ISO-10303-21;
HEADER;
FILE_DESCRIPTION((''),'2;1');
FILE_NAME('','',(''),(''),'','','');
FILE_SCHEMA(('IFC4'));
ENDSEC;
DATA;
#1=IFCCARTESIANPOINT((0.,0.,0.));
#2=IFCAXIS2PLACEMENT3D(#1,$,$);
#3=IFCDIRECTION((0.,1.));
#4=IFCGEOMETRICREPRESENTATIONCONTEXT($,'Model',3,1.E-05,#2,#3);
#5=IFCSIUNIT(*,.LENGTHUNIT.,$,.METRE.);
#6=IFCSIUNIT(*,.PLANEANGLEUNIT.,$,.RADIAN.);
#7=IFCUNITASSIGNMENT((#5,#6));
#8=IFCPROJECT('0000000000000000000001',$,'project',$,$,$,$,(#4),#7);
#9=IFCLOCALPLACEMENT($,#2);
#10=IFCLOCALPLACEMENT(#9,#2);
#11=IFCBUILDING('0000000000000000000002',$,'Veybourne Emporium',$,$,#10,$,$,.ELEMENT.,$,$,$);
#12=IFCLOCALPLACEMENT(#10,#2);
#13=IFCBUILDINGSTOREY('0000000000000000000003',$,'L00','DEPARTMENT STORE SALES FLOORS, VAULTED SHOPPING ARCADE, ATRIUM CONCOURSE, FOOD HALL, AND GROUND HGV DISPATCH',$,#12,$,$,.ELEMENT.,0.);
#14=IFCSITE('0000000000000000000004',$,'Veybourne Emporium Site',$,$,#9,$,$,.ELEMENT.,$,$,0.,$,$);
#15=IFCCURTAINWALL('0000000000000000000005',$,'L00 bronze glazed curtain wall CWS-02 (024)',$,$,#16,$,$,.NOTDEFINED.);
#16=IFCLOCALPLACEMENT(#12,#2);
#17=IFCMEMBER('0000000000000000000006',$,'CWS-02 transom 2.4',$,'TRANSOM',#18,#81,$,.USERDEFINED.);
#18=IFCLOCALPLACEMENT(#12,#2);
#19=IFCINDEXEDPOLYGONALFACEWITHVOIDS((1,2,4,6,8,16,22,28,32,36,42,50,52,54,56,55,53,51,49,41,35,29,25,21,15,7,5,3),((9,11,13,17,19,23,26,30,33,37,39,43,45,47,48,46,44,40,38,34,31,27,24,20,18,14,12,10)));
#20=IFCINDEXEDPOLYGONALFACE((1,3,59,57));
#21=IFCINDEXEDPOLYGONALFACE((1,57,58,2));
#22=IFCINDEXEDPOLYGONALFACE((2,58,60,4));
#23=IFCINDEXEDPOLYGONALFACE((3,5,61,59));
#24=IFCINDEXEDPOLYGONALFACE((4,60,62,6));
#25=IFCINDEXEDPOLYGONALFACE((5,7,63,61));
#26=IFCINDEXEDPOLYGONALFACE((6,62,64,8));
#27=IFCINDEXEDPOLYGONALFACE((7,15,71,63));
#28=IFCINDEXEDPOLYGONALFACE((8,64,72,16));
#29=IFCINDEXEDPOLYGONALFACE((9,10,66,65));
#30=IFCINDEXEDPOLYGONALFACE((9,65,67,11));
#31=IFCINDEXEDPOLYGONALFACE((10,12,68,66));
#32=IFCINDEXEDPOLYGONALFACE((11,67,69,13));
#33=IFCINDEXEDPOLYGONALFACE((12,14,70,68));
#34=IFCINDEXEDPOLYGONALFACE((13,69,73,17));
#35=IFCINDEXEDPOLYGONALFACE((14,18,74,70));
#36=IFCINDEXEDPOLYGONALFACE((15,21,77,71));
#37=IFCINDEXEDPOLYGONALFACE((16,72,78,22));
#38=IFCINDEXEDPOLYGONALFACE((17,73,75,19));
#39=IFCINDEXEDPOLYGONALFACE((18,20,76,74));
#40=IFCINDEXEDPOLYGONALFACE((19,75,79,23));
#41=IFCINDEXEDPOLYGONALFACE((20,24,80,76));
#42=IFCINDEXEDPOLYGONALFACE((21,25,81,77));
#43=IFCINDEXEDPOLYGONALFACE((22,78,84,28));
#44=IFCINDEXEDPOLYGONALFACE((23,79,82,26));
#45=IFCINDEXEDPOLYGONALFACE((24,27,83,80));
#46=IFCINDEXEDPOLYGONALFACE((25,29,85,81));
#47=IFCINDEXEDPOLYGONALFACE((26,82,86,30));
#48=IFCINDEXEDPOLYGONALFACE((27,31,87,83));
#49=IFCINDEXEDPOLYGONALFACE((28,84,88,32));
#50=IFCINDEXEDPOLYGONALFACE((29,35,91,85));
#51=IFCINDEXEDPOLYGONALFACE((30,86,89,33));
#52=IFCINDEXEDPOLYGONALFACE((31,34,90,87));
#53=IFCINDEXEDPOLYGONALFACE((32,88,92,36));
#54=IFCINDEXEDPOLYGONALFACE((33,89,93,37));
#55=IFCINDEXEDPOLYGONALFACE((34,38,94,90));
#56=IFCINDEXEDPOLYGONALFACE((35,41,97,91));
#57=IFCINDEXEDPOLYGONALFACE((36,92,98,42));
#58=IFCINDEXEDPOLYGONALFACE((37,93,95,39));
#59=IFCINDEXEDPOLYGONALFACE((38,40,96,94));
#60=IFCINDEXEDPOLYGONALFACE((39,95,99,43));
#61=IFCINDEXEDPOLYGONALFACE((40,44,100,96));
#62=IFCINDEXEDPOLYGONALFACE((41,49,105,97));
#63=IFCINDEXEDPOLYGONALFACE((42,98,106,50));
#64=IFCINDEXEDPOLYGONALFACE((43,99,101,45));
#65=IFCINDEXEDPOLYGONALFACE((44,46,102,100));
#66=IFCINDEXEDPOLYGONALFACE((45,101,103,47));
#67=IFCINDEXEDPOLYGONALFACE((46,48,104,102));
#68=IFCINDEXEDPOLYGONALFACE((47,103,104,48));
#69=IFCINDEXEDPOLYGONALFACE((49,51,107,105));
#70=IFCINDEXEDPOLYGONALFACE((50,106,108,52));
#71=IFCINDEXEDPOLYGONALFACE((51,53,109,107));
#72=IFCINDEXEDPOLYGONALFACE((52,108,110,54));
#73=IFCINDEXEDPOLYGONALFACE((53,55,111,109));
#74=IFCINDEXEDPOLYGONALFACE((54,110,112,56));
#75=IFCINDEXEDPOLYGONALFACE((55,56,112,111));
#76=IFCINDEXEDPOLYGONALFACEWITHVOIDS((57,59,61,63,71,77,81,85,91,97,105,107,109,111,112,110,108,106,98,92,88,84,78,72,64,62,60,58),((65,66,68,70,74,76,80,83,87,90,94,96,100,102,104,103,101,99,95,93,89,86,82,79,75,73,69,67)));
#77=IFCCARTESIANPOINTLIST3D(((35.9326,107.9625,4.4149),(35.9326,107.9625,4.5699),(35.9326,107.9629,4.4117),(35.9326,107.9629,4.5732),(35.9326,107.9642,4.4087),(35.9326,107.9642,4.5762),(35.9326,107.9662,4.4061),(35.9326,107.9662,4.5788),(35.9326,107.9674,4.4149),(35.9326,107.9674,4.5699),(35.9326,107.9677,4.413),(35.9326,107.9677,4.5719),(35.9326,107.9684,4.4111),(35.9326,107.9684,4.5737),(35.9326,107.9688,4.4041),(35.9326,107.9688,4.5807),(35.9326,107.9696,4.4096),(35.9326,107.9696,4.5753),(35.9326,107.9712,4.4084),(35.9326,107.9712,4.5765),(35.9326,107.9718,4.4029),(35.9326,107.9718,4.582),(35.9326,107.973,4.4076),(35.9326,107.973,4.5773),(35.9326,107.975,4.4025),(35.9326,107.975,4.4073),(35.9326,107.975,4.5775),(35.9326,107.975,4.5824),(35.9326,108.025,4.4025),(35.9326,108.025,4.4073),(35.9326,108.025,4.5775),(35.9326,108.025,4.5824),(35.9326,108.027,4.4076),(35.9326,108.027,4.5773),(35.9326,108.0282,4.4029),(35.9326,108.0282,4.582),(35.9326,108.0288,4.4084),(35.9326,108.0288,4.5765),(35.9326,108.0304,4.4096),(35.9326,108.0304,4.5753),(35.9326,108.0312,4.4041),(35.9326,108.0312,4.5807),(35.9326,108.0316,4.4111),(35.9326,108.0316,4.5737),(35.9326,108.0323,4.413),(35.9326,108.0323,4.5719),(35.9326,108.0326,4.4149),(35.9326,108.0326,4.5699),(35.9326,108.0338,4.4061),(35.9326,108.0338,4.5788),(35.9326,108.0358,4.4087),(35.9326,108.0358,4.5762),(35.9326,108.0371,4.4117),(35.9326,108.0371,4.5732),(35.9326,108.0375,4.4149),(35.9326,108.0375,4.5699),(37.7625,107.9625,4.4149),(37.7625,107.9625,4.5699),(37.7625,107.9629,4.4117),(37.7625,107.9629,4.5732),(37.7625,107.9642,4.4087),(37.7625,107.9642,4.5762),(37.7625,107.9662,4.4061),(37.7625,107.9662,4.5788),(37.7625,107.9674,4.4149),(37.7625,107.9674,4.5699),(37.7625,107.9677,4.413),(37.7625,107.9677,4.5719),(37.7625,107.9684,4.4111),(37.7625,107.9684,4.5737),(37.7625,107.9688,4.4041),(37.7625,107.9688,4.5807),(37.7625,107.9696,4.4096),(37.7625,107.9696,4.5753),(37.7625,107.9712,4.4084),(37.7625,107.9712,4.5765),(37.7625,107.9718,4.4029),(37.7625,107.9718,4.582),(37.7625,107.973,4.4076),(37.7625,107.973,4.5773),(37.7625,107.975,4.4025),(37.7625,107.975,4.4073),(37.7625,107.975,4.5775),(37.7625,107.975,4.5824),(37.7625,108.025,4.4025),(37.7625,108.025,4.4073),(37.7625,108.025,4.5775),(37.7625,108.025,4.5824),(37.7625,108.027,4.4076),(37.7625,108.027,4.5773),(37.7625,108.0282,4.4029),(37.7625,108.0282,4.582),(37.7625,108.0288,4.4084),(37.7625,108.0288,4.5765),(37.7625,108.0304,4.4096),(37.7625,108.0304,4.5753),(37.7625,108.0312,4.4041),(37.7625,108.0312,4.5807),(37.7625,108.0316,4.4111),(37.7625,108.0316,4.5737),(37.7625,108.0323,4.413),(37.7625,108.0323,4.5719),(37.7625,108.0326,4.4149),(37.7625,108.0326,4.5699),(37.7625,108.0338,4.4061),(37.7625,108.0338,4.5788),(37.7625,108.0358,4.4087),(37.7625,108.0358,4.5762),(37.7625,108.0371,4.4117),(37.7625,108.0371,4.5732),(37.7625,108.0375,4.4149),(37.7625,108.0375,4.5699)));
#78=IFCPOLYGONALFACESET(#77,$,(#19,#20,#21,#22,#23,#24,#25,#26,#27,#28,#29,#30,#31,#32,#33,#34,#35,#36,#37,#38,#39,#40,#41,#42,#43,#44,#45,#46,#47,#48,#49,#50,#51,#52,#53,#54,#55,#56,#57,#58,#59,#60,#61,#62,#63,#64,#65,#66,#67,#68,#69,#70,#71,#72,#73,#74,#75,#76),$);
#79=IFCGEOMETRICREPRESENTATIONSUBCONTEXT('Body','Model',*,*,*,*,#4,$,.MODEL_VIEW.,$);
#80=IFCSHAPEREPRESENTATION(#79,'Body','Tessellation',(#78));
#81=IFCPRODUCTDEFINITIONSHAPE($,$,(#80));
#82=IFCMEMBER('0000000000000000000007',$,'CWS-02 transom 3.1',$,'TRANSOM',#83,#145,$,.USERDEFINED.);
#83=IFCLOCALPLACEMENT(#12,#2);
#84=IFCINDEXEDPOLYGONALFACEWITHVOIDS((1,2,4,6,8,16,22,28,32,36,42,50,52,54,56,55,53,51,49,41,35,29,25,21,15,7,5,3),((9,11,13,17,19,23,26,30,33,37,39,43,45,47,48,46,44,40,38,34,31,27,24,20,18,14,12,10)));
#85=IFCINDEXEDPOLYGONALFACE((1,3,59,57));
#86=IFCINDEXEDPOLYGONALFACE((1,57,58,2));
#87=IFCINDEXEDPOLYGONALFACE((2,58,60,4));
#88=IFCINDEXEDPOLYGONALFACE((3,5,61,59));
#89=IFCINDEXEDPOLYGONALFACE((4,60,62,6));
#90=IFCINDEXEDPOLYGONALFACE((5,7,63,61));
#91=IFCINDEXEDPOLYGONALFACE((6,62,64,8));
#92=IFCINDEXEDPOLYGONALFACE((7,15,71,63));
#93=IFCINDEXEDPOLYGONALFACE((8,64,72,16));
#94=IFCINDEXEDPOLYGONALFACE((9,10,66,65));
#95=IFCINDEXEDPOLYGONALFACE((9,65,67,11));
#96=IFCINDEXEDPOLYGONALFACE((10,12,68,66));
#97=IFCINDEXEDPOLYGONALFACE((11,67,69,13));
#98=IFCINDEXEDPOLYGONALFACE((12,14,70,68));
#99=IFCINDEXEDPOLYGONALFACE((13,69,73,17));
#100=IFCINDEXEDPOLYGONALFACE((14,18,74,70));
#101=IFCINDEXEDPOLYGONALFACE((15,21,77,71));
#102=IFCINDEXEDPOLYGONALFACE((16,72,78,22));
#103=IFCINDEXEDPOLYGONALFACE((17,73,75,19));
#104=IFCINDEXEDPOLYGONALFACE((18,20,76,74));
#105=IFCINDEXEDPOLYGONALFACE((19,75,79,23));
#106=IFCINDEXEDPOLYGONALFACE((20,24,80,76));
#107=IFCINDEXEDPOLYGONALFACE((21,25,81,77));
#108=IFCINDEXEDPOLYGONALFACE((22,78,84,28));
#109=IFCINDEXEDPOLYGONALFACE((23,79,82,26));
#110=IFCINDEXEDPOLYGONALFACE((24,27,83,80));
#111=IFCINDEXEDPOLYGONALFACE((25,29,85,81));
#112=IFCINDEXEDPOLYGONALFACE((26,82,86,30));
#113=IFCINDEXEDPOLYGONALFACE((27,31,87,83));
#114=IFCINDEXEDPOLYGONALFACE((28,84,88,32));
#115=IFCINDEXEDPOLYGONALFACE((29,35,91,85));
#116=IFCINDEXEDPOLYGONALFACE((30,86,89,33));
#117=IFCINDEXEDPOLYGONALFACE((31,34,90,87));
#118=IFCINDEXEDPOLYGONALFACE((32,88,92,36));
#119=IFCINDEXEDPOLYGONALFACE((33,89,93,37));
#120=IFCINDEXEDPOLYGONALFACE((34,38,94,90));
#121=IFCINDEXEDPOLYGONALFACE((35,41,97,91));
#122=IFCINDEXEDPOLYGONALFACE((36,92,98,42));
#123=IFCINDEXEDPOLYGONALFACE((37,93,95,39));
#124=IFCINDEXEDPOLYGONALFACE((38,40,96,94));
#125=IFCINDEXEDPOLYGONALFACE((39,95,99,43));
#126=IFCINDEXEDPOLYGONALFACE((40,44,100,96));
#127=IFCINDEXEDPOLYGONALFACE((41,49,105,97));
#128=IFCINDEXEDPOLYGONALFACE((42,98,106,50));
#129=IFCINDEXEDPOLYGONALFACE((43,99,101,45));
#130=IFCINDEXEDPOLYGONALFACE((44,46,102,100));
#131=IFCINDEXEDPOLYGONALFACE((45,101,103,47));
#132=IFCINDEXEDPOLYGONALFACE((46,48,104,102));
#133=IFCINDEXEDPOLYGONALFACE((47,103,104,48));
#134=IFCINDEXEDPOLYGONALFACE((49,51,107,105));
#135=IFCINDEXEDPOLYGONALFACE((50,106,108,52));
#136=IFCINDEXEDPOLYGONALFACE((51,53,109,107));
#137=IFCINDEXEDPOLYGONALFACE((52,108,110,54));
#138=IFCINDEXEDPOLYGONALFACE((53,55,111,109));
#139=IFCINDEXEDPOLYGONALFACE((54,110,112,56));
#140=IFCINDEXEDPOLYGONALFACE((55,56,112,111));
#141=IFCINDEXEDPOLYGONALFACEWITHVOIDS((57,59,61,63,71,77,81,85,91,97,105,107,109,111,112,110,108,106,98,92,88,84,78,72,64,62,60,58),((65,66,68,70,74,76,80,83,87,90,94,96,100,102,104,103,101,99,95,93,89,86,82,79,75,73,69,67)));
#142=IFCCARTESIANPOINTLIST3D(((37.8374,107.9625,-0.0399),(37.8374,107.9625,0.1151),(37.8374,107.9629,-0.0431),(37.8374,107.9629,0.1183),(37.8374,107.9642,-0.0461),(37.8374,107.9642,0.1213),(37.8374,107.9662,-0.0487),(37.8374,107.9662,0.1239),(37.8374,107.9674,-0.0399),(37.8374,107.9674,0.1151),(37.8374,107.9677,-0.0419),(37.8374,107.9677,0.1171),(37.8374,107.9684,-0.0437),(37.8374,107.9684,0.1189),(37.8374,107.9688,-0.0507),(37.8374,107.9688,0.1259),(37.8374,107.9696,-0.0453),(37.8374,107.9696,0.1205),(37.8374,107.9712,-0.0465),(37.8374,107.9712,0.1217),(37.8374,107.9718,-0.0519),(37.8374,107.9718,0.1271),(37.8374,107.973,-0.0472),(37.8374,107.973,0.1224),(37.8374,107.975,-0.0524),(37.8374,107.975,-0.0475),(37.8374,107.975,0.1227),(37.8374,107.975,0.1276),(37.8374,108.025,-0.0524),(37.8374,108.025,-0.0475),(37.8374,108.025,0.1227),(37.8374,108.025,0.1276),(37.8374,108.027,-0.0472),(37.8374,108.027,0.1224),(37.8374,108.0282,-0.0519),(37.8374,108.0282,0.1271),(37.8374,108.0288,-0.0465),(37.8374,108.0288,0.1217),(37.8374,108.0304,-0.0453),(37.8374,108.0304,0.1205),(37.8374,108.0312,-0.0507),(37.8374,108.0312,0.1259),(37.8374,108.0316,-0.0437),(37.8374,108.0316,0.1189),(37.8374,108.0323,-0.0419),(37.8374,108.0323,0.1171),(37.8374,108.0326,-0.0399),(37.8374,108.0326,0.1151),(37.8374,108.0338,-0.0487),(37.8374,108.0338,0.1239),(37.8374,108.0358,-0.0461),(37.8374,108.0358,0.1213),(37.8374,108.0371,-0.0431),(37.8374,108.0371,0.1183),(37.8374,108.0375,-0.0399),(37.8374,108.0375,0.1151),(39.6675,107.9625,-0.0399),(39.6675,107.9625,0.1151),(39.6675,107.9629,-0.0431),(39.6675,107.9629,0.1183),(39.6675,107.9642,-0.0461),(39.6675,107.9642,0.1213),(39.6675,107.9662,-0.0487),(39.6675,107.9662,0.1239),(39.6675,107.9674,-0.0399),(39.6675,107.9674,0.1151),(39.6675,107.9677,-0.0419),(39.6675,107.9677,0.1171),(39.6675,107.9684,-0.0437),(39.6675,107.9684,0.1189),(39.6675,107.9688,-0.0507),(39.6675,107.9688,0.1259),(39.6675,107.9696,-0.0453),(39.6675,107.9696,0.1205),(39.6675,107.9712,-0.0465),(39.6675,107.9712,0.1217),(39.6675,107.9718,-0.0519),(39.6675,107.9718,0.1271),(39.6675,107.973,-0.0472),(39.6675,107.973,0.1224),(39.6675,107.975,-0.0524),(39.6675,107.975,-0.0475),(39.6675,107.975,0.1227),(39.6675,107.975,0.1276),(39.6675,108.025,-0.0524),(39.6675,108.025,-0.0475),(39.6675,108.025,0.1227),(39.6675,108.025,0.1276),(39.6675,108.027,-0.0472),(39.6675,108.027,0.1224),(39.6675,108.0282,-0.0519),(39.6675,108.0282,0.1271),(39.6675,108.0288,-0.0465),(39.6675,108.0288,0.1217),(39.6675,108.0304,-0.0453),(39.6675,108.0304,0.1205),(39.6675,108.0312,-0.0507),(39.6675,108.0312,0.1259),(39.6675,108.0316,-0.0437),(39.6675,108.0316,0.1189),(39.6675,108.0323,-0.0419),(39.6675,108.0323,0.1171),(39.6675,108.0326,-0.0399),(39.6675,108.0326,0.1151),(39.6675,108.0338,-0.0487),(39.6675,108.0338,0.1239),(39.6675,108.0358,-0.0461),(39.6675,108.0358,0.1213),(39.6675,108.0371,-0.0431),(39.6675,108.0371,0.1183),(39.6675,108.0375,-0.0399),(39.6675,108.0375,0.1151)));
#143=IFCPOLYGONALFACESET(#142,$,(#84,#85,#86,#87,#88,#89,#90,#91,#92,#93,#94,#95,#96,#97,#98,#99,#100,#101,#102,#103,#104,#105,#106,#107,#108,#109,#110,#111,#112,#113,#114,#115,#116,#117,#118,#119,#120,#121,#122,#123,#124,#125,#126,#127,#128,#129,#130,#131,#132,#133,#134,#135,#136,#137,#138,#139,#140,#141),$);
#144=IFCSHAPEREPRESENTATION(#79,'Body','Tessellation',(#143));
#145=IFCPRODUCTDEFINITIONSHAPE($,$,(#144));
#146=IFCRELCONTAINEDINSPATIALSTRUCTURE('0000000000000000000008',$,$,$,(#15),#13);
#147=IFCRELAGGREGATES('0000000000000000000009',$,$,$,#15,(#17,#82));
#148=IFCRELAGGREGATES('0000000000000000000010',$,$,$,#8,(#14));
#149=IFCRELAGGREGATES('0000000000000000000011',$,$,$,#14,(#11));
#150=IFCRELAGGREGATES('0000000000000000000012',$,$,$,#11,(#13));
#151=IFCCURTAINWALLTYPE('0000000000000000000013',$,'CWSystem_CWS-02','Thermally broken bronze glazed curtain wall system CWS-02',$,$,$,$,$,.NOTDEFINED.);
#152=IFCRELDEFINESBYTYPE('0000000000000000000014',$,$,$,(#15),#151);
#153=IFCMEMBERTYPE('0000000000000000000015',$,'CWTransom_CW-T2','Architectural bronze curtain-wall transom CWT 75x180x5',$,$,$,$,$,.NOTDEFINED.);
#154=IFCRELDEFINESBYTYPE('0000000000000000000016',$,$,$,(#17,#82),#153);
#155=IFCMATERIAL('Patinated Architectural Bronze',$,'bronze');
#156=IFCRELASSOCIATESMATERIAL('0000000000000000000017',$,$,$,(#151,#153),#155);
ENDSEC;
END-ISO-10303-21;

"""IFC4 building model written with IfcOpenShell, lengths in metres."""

from ifc_helpers import new_model, si_unit, direction, frame, origin, origin_2d, place, context, subcontext, project, spatial, hollow_rectangle, extrude, material, material_profile, profile_set, type_object, element, aggregate, save


model = new_model("IFC4")

# Units and contexts
model_context = context("Model", 3, precision=1e-05, world=origin(), true_north=direction((0.0, 1.0)))
body_context = subcontext(model_context, "Body", "Model", "MODEL_VIEW")
ifc_project = project(units=[si_unit("LENGTHUNIT", "METRE"), si_unit("PLANEANGLEUNIT", "RADIAN")], contexts=[model_context])

# Site, building, storey
site_placement = place(None, origin())
site = spatial("IfcSite", under=ifc_project, at=site_placement, Name="Veybourne Emporium Site", CompositionType="ELEMENT", RefElevation=0.0)
building_placement = place(site_placement, origin())
building = spatial("IfcBuilding", under=site, at=building_placement, Name="Veybourne Emporium", CompositionType="ELEMENT")
storey_placement = place(building_placement, origin())
storey = spatial("IfcBuildingStorey", under=building, at=storey_placement, Name="L00", Description="DEPARTMENT STORE SALES FLOORS, VAULTED SHOPPING ARCADE, ATRIUM CONCOURSE, FOOD HALL, AND GROUND HGV DISPATCH", CompositionType="ELEMENT", Elevation=0.0)

# Curtain wall, members
ifc_material_1 = material(Name="Patinated Architectural Bronze", Category="bronze")
curtain_wall_type = type_object("IfcCurtainWallType", Name="CWSystem_CWS-02", Description="Thermally broken bronze glazed curtain wall system CWS-02", PredefinedType="NOTDEFINED", material=ifc_material_1)
curtain_wall_placement = place(storey_placement, origin())
curtain_wall = element("IfcCurtainWall", 1, at=curtain_wall_placement, inside=storey, type_object=curtain_wall_type, Name="L00 bronze glazed curtain wall CWS-02 (024)", PredefinedType="NOTDEFINED")
ifc_material_profile_1 = material_profile(ifc_material_1, hollow_rectangle(XDim=0.075, YDim=0.1799, WallThickness=0.0049, InnerFilletRadius=0.0076, OuterFilletRadius=0.0125, at=origin_2d()), Name="CWT 75x180x5")
ifc_profile_set_1 = profile_set([ifc_material_profile_1], Name="Patinated Architectural Bronze")
member_type_1 = type_object("IfcMemberType", Name="CWTransom_CW-T2", Description="Architectural bronze curtain-wall transom CWT 75x180x5", PredefinedType="NOTDEFINED", material=ifc_profile_set_1)
member_1_placement = place(storey_placement, frame((35.9326, 108.0, 4.4924), z_axis=(1.0, 0.0, 0.0), x_axis=(0.0, 1.0, 0.0)))
member_1 = element("IfcMember", 2, at=member_1_placement, type_object=member_type_1, Name="CWS-02 transom 2.4", ObjectType="TRANSOM", PredefinedType="USERDEFINED", context=body_context, shape_type="SweptSolid", body=[
    extrude(hollow_rectangle(XDim=0.075, YDim=0.1799, WallThickness=0.0049, InnerFilletRadius=0.0076, OuterFilletRadius=0.0125, at=origin_2d()), origin(), (0.0, 0.0, 1.0), 1.8298),
])
member_2_placement = place(storey_placement, frame((37.8374, 108.0, 0.0376), z_axis=(1.0, 0.0, 0.0), x_axis=(0.0, 1.0, 0.0)))
member_2 = element("IfcMember", 3, at=member_2_placement, type_object=member_type_1, Name="CWS-02 transom 3.1", ObjectType="TRANSOM", PredefinedType="USERDEFINED", context=body_context, shape_type="SweptSolid", body=[
    extrude(hollow_rectangle(XDim=0.075, YDim=0.1799, WallThickness=0.0049, InnerFilletRadius=0.0076, OuterFilletRadius=0.0125, at=origin_2d()), origin(), (0.0, 0.0, 1.0), 1.8301),
])

aggregate(curtain_wall, [member_1, member_2])

save(model, "model.ifc")
